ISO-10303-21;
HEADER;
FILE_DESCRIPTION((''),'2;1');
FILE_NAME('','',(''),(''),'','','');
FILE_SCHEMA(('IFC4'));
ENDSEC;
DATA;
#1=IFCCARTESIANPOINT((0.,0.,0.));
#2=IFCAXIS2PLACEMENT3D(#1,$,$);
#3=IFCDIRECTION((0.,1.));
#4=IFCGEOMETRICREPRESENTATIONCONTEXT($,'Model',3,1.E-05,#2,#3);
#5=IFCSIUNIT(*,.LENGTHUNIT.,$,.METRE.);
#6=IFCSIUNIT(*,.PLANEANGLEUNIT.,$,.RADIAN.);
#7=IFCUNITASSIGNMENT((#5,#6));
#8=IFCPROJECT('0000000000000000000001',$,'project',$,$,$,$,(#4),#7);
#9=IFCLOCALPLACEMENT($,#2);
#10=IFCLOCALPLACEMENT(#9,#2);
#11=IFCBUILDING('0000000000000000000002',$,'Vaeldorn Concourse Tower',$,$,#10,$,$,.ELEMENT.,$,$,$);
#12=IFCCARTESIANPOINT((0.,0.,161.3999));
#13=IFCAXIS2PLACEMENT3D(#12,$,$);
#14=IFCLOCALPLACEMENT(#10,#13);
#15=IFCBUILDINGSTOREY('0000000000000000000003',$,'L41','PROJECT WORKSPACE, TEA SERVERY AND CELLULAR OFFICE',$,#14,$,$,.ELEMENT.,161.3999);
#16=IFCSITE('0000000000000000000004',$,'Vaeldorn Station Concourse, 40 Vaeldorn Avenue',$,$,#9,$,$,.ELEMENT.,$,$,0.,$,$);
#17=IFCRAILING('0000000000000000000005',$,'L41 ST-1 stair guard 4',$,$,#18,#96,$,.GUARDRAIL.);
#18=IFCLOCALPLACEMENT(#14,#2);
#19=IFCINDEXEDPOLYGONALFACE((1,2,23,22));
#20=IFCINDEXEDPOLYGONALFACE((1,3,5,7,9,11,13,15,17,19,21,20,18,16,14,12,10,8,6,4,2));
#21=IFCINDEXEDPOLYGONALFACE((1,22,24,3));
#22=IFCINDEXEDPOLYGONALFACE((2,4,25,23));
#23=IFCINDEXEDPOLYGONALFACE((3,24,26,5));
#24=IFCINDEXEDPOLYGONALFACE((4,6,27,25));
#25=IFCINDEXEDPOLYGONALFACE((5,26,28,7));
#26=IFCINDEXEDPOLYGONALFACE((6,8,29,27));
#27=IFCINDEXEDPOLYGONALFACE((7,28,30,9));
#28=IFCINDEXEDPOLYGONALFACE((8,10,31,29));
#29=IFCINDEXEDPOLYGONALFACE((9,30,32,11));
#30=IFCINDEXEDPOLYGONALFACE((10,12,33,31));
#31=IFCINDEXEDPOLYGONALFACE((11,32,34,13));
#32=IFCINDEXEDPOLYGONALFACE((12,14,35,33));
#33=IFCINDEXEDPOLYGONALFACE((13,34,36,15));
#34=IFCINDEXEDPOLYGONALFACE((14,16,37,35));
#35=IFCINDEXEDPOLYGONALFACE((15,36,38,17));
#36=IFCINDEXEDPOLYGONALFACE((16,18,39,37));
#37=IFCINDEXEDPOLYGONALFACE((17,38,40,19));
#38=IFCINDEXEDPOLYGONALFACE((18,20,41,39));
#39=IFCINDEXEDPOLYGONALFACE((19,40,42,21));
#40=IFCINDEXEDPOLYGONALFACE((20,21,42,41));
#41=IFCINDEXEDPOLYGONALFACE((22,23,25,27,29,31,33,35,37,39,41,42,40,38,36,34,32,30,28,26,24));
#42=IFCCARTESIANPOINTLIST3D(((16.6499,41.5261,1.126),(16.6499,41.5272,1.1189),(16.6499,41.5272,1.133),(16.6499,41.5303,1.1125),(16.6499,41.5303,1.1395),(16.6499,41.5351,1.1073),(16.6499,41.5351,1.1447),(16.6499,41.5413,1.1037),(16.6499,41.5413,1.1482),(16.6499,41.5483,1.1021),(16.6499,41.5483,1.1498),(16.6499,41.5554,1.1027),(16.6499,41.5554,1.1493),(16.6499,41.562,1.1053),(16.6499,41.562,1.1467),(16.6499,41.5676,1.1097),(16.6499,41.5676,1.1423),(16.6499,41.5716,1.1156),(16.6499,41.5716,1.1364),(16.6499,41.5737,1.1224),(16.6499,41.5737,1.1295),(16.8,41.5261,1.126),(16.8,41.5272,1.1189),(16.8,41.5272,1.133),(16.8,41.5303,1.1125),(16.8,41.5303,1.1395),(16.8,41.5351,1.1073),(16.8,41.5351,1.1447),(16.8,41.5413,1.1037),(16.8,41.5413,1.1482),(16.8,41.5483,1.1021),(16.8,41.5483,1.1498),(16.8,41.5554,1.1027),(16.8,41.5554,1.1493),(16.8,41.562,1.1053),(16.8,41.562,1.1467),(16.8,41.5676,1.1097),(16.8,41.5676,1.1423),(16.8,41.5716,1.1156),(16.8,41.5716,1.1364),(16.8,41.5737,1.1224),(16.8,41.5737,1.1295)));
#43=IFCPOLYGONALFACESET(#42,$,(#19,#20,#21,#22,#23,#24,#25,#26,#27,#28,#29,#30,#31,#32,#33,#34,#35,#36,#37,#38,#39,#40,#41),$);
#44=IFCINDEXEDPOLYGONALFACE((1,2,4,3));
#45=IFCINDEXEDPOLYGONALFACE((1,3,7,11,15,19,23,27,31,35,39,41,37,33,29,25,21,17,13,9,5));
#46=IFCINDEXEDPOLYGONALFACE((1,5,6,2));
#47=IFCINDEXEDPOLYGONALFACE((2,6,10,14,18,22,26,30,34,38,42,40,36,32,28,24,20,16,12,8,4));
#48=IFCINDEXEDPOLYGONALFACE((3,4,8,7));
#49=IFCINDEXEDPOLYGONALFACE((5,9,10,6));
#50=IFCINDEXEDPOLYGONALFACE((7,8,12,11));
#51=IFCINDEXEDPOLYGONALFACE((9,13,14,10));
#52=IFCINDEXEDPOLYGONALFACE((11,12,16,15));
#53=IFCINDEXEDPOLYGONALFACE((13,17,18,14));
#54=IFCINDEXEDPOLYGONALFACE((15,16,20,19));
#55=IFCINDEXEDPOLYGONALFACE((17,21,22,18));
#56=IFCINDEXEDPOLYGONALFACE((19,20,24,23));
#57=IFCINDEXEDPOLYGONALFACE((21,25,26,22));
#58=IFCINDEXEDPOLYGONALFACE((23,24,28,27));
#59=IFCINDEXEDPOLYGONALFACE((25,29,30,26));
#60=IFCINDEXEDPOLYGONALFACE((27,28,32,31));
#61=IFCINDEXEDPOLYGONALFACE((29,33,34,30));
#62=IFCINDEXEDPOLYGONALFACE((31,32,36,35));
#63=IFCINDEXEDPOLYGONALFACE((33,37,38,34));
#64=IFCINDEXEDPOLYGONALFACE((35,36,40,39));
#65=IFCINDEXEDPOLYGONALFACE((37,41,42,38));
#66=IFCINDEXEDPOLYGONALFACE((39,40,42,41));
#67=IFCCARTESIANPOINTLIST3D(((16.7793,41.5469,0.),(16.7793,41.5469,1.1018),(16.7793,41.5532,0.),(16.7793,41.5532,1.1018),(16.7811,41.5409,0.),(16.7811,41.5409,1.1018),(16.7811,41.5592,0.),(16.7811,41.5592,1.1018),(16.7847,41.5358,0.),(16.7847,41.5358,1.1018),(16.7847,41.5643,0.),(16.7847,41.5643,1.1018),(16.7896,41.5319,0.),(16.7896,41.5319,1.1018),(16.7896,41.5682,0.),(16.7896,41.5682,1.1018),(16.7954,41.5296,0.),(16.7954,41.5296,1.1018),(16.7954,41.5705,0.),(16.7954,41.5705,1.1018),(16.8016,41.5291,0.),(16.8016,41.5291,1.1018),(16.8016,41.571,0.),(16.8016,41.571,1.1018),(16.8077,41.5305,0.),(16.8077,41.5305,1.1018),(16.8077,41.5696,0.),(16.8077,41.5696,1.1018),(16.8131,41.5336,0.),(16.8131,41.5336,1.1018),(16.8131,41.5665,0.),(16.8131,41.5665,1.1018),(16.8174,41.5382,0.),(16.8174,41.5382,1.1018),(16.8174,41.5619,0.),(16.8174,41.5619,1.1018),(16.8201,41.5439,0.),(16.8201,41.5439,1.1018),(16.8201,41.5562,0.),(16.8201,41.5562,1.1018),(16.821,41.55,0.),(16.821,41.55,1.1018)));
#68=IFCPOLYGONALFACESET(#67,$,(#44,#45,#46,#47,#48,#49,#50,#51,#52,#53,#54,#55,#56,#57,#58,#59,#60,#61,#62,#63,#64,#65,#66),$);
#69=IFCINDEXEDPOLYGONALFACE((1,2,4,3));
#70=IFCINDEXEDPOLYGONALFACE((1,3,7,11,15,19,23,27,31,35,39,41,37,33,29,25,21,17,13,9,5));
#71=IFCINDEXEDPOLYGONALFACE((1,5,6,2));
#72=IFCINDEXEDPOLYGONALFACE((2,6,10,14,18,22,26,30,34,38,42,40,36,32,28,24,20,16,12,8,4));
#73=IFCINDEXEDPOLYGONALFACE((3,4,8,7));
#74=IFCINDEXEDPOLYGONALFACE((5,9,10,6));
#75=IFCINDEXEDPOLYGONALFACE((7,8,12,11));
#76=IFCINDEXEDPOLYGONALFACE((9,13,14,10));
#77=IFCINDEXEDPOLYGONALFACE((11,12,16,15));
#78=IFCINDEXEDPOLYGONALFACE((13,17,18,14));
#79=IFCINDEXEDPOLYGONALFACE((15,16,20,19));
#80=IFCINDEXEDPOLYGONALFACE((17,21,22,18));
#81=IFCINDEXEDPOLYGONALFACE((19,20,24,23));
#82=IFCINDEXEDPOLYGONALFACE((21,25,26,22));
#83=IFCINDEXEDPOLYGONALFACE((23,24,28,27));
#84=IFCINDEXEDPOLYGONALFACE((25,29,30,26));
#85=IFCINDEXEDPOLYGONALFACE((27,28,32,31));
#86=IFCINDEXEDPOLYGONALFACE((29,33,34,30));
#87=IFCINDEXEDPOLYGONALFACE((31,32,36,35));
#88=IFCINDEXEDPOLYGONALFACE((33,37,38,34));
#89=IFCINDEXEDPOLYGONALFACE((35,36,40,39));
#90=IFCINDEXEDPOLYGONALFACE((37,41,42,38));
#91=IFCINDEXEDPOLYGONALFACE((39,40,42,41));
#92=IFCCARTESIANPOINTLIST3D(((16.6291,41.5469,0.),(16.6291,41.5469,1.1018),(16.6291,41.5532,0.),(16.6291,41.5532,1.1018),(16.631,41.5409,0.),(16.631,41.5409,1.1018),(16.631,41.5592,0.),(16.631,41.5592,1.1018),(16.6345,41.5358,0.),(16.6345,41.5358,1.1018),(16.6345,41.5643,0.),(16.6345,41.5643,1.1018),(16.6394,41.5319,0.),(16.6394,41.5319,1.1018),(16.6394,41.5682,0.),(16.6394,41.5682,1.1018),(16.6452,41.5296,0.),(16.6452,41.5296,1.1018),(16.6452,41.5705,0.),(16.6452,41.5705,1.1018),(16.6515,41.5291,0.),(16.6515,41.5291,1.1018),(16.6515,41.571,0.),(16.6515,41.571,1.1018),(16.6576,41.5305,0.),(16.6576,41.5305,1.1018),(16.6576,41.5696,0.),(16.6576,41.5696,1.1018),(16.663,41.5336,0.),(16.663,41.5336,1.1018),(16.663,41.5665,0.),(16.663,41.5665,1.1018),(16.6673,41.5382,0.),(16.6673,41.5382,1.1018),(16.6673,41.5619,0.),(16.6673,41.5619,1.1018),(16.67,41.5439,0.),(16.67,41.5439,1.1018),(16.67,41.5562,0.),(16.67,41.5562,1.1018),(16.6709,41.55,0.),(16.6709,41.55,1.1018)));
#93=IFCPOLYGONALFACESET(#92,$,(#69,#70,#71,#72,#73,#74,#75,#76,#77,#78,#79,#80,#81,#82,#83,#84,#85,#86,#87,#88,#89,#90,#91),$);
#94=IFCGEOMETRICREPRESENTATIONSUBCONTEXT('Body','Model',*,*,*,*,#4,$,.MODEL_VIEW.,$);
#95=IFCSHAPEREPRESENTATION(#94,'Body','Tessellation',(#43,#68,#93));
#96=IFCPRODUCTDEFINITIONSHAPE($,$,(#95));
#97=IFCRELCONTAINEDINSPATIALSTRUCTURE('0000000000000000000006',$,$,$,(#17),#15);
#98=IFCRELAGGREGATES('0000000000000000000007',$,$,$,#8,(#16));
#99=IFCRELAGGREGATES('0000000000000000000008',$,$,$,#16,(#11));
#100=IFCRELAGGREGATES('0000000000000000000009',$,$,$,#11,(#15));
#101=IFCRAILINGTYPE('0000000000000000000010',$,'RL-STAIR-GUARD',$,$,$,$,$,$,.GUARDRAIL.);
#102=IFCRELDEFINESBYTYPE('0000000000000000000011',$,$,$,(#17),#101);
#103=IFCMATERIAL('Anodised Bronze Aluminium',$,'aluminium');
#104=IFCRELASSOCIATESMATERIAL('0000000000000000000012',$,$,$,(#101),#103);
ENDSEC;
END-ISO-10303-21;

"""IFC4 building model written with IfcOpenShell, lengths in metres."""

from ifc_helpers import new_model, si_unit, direction, frame, origin, origin_2d, place, context, subcontext, project, spatial, circle, extrude, material, type_object, element, save


model = new_model("IFC4")

# Units and contexts
model_context = context("Model", 3, precision=1e-05, world=origin(), true_north=direction((0.0, 1.0)))
body_context = subcontext(model_context, "Body", "Model", "MODEL_VIEW")
ifc_project = project(units=[si_unit("LENGTHUNIT", "METRE"), si_unit("PLANEANGLEUNIT", "RADIAN")], contexts=[model_context])

# Site, building, storey
site_placement = place(None, origin())
site = spatial("IfcSite", under=ifc_project, at=site_placement, Name="Vaeldorn Station Concourse, 40 Vaeldorn Avenue", CompositionType="ELEMENT", RefElevation=0.0)
building_placement = place(site_placement, origin())
building = spatial("IfcBuilding", under=site, at=building_placement, Name="Vaeldorn Concourse Tower", CompositionType="ELEMENT")
storey_placement = place(building_placement, frame((0.0, 0.0, 161.3999)))
storey = spatial("IfcBuildingStorey", under=building, at=storey_placement, Name="L41", Description="PROJECT WORKSPACE, TEA SERVERY AND CELLULAR OFFICE", CompositionType="ELEMENT", Elevation=161.3999)

# Shared definitions
ifc_material_1 = material(Name="Anodised Bronze Aluminium", Category="aluminium")

# Railing
railing_type_1 = type_object("IfcRailingType", Name="RL-STAIR-GUARD", PredefinedType="GUARDRAIL", material=ifc_material_1)
railing_1_placement = place(storey_placement, frame((16.8, 41.55, 0.0)))
element("IfcRailing", 1, at=railing_1_placement, inside=storey, type_object=railing_type_1, Name="L41 ST-1 stair guard 4", PredefinedType="GUARDRAIL", context=body_context, shape_type="SweptSolid", body=[
    extrude(circle(Radius=0.0239, at=origin_2d()), frame((0.0, 0.0, 1.126), z_axis=(-1.0, 0.0, 0.0), x_axis=(0.0, -1.0, 0.0)), (0.0, 0.0, 1.0), 0.1501),
    extrude(circle(Radius=0.021, at=origin_2d()), origin(), (0.0, 0.0, 1.0), 1.1018),
    extrude(circle(Radius=0.021, at=origin_2d()), frame((-0.1501, 0.0, 0.0)), (0.0, 0.0, 1.0), 1.1018),
])

save(model, "model.ifc")
